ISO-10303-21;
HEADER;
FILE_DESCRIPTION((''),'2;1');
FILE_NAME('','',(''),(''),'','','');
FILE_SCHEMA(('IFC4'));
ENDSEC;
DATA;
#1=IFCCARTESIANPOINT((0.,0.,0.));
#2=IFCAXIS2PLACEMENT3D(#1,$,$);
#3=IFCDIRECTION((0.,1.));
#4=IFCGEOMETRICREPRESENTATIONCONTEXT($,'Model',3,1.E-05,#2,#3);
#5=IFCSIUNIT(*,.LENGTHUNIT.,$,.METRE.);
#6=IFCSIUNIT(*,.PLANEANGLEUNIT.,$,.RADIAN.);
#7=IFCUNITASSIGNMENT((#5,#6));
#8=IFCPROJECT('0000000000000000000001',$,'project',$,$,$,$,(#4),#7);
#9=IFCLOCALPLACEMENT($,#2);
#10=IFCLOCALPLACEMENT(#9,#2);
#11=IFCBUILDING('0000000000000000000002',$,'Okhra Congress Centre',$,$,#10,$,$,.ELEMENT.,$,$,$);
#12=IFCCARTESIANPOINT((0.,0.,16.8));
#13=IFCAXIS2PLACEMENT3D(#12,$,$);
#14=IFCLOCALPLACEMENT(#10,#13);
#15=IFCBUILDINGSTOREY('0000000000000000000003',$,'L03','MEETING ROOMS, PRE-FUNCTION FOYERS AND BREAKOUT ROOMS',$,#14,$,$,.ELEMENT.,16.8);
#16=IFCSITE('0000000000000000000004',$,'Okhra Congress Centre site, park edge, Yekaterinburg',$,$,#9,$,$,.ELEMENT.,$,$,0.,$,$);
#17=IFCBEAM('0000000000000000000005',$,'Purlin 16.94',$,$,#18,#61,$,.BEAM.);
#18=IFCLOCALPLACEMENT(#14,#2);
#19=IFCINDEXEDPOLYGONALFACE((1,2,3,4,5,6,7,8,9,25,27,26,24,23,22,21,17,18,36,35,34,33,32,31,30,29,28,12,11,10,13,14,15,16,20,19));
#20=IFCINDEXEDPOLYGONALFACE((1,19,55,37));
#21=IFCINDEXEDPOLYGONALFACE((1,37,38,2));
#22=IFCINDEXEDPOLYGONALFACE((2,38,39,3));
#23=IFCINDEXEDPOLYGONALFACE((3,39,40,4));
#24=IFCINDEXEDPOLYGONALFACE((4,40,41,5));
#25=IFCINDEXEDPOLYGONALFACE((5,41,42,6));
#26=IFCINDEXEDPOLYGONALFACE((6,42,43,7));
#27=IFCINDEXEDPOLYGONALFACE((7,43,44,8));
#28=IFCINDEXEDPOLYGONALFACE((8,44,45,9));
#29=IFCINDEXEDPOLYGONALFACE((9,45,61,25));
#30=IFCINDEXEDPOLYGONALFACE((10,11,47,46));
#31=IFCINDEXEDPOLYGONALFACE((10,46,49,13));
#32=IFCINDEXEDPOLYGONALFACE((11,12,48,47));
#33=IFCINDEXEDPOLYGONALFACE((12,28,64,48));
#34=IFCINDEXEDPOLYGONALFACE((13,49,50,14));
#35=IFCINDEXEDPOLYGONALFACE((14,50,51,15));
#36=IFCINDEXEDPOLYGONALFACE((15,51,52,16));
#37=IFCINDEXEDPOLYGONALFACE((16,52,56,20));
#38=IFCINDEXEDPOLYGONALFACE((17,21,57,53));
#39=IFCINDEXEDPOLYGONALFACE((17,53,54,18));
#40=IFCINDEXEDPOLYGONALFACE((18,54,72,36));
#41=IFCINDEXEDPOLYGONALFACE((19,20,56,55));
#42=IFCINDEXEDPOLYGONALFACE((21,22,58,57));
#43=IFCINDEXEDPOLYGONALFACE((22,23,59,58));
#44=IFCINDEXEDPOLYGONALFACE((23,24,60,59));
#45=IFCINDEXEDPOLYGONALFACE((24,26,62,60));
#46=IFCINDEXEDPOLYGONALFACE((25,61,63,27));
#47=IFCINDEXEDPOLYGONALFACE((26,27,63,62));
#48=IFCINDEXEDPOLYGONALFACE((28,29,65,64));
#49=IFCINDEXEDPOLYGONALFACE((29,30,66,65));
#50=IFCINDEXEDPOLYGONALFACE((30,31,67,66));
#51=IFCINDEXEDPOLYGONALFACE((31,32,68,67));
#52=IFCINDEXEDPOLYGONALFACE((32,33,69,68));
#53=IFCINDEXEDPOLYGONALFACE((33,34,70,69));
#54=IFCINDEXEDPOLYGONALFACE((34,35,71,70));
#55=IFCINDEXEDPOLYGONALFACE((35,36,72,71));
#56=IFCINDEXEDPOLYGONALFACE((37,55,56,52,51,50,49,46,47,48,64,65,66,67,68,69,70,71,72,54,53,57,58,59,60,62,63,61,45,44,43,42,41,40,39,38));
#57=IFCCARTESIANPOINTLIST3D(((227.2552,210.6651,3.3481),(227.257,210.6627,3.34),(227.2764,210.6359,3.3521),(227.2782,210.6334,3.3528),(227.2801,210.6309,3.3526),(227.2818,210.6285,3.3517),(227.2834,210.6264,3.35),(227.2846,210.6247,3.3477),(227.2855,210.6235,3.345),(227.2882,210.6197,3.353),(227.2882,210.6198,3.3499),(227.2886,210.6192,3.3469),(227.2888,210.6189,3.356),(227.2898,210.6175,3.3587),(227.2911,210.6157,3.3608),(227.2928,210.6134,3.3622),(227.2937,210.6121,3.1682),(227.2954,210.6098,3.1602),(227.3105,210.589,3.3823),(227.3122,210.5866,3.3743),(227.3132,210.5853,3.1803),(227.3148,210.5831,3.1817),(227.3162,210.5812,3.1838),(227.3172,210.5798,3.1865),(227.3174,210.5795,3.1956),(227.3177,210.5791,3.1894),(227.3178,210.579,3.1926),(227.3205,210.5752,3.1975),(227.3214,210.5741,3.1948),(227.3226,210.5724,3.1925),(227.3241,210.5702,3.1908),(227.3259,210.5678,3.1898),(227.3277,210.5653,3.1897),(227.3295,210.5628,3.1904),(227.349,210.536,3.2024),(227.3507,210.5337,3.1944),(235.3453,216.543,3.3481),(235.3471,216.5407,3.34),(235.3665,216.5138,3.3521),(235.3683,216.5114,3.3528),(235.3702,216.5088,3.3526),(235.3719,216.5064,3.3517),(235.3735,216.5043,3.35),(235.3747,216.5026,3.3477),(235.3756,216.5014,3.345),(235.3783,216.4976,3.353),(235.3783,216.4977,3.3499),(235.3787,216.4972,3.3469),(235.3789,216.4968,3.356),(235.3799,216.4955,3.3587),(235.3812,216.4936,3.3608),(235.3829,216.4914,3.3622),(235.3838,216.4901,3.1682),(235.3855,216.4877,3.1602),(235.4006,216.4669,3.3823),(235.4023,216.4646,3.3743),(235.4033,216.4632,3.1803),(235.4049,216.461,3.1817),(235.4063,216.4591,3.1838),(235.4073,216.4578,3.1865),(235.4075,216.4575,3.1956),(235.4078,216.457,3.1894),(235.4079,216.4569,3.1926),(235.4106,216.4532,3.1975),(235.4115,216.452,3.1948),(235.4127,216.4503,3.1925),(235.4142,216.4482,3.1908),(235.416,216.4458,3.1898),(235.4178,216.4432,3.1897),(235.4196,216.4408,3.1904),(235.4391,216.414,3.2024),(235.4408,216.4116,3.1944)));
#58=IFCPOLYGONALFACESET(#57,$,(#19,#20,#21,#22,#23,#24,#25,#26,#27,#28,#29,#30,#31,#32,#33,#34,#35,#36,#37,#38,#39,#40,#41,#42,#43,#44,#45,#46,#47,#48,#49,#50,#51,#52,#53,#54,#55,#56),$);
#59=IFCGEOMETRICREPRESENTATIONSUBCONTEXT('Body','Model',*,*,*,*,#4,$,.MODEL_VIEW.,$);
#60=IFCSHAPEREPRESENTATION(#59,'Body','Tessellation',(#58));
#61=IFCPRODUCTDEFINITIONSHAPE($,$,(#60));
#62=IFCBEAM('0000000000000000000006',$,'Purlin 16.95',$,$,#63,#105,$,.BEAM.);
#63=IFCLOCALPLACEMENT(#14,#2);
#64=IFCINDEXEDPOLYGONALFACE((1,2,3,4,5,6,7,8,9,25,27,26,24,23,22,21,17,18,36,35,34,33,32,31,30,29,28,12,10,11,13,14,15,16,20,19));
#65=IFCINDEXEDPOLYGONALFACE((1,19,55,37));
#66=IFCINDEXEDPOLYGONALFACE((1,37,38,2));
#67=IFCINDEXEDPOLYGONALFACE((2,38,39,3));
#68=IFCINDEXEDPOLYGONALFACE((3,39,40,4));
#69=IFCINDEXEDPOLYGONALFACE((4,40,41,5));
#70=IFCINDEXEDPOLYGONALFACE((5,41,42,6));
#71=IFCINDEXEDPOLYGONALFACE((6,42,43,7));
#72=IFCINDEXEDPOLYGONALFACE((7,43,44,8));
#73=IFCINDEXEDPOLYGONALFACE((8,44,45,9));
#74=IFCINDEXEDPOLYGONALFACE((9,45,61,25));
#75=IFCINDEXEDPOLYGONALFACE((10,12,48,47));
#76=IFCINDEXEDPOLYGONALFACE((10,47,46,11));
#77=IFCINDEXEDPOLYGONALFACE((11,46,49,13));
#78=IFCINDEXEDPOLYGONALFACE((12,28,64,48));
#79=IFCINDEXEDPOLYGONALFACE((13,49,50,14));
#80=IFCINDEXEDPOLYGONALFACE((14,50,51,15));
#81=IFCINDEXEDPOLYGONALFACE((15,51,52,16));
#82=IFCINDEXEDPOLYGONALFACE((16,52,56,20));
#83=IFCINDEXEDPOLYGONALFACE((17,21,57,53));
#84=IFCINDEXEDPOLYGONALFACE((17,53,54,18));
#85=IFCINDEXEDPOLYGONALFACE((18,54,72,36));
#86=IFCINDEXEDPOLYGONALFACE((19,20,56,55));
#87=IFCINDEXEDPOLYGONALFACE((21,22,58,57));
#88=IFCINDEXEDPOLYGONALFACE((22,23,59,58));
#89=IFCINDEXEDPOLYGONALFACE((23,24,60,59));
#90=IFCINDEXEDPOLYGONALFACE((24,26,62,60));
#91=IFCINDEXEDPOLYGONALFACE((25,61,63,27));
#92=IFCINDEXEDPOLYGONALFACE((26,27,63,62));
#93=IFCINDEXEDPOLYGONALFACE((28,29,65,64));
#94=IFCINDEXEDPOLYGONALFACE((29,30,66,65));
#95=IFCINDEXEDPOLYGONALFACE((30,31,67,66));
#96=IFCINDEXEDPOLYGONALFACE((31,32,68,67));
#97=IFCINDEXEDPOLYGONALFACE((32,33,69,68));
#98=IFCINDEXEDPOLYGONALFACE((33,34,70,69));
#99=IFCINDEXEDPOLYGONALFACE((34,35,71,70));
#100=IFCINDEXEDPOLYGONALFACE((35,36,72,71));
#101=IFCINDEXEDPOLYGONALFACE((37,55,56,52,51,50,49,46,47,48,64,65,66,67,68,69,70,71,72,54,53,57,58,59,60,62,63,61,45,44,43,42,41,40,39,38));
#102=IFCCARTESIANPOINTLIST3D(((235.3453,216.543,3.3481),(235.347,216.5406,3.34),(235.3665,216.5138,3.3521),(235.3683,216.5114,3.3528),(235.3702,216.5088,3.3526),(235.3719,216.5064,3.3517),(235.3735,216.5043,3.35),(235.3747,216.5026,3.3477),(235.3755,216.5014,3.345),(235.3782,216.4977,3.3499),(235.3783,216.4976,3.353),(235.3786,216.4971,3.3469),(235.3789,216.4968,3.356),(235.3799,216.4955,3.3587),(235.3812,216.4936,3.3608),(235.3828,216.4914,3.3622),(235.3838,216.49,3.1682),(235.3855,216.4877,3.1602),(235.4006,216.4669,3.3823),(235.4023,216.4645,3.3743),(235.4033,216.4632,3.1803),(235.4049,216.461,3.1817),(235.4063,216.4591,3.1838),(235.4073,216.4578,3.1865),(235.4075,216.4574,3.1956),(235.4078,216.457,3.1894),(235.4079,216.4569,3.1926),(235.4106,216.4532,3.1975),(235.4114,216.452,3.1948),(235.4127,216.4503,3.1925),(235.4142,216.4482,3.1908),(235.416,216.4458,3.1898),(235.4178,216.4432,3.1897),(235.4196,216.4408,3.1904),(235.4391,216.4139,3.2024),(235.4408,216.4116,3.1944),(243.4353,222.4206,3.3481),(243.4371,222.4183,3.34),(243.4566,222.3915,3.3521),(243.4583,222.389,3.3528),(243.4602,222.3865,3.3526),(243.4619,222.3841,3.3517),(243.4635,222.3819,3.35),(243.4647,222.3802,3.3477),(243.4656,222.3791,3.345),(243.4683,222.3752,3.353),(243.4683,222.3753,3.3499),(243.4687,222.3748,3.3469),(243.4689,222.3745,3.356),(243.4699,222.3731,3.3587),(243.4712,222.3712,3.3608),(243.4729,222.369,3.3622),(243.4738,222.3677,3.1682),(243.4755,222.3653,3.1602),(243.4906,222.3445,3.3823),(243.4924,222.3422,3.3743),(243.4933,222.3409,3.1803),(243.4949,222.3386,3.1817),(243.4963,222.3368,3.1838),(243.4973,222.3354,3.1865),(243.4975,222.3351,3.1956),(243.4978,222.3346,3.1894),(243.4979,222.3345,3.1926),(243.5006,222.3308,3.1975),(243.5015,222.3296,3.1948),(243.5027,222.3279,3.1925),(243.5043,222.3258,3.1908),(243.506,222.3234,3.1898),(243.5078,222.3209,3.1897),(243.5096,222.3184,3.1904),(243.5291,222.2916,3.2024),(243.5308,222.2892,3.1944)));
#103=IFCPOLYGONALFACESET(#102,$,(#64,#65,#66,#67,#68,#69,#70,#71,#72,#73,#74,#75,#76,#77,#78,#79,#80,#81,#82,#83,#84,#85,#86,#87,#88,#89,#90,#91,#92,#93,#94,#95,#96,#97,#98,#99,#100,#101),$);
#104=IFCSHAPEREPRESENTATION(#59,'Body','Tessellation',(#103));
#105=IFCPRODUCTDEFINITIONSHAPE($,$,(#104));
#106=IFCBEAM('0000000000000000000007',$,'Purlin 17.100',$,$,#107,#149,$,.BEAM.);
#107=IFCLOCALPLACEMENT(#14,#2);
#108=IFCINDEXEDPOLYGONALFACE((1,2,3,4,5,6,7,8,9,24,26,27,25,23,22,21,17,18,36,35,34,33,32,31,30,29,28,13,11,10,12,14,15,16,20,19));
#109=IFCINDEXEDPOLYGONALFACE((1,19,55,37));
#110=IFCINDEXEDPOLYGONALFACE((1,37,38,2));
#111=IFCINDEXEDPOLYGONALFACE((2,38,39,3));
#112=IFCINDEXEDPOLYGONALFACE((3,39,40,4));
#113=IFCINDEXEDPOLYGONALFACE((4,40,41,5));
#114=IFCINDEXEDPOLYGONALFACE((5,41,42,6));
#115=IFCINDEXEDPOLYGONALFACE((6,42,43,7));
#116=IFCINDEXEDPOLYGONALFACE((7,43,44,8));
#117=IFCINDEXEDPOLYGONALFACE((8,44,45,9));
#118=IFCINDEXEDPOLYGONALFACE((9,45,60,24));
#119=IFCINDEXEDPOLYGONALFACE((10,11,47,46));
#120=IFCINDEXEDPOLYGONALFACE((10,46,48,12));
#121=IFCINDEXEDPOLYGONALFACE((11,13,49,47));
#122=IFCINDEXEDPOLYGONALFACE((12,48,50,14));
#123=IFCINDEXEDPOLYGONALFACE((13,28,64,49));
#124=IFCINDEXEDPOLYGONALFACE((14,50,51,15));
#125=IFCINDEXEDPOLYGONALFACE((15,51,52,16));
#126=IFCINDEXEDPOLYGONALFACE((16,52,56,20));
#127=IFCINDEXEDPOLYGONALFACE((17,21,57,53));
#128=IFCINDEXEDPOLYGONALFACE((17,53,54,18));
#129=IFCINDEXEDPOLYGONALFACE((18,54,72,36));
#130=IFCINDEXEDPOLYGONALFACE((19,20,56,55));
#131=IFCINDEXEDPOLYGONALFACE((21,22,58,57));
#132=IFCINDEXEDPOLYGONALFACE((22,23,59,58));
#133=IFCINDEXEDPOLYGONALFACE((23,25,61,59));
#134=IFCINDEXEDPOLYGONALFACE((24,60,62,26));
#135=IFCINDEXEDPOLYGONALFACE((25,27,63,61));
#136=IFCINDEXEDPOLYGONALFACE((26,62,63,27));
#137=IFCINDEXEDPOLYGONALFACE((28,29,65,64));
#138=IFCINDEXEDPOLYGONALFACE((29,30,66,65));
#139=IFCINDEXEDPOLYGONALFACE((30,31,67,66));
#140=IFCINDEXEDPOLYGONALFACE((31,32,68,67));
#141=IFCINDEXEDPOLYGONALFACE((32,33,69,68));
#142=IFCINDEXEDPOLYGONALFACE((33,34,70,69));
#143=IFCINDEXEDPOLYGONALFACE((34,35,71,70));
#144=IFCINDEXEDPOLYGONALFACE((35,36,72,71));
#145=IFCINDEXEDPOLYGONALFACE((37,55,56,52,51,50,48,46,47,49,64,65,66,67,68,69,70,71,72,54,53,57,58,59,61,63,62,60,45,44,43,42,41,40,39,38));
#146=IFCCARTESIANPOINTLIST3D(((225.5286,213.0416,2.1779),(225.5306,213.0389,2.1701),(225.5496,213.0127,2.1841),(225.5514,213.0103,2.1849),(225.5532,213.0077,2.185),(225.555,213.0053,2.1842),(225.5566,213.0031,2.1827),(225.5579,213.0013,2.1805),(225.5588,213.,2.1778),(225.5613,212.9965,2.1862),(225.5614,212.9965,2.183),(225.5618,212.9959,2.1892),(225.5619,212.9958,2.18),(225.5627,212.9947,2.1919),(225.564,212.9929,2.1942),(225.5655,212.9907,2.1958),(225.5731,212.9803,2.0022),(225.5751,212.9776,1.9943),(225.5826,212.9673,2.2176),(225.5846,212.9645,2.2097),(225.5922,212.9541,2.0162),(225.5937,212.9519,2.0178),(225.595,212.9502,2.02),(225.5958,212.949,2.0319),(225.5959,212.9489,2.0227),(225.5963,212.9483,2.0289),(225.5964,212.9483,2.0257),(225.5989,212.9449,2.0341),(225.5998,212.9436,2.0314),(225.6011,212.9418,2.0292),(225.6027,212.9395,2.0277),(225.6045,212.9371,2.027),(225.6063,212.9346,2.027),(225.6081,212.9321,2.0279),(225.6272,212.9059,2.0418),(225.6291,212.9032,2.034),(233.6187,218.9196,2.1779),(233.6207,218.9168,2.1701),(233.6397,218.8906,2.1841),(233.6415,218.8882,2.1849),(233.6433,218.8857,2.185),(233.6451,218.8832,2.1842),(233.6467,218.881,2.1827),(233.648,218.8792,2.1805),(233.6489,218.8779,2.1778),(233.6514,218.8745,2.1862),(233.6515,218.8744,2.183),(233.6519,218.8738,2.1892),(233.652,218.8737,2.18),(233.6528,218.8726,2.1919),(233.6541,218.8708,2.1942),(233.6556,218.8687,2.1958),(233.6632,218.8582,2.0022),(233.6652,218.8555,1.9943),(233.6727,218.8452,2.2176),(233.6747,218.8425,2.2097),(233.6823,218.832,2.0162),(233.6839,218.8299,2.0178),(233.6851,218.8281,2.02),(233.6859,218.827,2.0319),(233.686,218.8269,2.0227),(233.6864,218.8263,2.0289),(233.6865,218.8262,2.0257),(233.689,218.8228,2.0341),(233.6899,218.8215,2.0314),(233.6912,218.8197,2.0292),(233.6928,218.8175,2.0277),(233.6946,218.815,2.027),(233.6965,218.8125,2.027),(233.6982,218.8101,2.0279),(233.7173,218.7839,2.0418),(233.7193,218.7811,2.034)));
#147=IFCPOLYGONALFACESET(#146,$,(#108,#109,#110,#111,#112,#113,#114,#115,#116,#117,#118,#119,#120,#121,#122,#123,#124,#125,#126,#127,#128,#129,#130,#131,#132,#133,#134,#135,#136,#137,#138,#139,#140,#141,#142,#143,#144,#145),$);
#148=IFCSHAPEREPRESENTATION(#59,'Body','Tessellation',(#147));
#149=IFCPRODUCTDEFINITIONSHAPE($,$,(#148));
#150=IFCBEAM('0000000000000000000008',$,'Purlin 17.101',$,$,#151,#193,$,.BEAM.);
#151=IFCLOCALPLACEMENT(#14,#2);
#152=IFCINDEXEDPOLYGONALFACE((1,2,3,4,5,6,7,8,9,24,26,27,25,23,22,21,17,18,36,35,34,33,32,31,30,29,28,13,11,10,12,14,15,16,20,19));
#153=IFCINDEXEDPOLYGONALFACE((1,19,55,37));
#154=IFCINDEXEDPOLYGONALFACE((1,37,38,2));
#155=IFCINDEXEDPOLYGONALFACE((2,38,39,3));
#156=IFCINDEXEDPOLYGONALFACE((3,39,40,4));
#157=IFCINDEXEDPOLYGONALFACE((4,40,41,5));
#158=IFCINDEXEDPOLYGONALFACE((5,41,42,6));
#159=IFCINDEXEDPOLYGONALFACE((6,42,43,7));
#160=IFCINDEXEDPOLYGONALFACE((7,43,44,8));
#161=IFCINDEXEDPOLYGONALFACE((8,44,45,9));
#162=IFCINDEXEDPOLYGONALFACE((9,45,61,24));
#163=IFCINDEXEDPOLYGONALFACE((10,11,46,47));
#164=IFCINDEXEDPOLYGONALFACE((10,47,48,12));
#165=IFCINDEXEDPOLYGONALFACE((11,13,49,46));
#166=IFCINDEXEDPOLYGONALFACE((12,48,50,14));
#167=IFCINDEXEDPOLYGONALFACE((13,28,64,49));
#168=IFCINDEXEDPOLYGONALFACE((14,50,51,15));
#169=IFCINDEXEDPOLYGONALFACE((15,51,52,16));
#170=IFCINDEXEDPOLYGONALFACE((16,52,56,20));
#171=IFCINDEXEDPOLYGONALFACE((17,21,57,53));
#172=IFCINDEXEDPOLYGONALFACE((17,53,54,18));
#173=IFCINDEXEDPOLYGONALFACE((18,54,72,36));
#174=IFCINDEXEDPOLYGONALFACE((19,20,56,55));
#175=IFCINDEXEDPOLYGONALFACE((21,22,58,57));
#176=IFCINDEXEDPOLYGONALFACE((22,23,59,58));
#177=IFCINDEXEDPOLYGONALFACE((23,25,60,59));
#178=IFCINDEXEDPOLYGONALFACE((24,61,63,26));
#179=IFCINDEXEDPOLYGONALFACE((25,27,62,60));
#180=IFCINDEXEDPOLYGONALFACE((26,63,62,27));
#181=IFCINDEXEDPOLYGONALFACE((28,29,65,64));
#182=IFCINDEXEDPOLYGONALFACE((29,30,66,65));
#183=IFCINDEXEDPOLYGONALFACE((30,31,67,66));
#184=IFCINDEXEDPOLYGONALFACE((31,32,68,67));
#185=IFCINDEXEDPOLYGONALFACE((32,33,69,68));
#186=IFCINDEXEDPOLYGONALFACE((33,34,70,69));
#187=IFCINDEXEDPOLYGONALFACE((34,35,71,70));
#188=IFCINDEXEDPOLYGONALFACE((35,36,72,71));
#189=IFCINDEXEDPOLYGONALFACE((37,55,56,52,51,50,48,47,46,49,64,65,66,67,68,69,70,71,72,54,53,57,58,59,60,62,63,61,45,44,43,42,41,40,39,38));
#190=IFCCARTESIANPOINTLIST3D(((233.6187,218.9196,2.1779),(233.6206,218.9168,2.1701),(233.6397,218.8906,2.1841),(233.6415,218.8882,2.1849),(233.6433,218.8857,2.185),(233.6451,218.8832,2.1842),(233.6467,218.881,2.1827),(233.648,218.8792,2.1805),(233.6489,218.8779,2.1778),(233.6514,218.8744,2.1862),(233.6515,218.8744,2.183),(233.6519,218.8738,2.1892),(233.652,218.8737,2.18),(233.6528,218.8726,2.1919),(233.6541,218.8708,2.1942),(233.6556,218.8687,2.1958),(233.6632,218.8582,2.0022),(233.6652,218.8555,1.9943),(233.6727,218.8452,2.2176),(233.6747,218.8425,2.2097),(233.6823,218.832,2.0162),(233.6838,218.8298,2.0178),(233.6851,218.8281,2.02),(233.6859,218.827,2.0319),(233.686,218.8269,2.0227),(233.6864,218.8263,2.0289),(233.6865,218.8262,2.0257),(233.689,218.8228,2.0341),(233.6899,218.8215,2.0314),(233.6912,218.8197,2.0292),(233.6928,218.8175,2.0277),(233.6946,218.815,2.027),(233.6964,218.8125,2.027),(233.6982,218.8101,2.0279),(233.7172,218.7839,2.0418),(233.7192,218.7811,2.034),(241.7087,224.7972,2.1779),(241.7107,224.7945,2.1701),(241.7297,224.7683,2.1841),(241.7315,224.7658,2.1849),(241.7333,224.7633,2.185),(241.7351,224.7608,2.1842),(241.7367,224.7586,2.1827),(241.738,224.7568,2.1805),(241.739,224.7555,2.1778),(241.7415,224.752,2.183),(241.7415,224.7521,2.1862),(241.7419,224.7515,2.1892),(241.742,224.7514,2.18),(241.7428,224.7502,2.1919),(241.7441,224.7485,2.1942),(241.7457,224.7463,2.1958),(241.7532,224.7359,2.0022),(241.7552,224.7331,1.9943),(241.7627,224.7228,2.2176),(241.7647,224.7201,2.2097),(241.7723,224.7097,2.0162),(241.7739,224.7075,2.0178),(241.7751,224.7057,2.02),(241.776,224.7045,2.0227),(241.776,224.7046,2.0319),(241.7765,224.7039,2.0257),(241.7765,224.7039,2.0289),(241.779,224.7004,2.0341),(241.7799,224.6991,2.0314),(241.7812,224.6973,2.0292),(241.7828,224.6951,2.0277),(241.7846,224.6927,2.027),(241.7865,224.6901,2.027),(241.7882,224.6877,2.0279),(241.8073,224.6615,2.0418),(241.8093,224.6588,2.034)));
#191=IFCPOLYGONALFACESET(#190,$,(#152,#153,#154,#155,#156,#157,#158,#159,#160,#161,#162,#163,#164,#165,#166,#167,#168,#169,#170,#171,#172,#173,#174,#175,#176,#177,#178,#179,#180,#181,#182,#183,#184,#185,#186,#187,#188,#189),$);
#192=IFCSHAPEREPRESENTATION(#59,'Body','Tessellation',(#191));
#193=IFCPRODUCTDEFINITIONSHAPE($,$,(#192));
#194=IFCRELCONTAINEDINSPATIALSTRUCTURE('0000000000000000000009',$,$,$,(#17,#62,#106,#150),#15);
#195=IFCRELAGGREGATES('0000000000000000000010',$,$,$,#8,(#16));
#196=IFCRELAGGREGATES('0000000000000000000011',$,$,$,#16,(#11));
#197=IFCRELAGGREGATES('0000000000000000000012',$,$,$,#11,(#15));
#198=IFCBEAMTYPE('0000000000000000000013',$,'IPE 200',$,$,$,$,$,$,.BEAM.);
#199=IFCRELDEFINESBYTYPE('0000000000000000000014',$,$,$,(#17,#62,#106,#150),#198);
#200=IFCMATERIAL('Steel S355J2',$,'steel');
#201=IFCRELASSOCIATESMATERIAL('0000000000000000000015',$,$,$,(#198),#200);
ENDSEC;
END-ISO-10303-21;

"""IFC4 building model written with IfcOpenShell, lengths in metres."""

from ifc_helpers import new_model, si_unit, direction, frame, origin, origin_2d, place, context, subcontext, project, spatial, i_section, extrude, material, material_profile, profile_set, type_object, element, save


model = new_model("IFC4")

# Units and contexts
model_context = context("Model", 3, precision=1e-05, world=origin(), true_north=direction((0.0, 1.0)))
body_context = subcontext(model_context, "Body", "Model", "MODEL_VIEW")
ifc_project = project(units=[si_unit("LENGTHUNIT", "METRE"), si_unit("PLANEANGLEUNIT", "RADIAN")], contexts=[model_context])

# Site, building, storey
site_placement = place(None, origin())
site = spatial("IfcSite", under=ifc_project, at=site_placement, Name="Okhra Congress Centre site, park edge, Yekaterinburg", CompositionType="ELEMENT", RefElevation=0.0)
building_placement = place(site_placement, origin())
building = spatial("IfcBuilding", under=site, at=building_placement, Name="Okhra Congress Centre", CompositionType="ELEMENT")
storey_placement = place(building_placement, frame((0.0, 0.0, 16.8)))
storey = spatial("IfcBuildingStorey", under=building, at=storey_placement, Name="L03", Description="MEETING ROOMS, PRE-FUNCTION FOYERS AND BREAKOUT ROOMS", CompositionType="ELEMENT", Elevation=16.8)

# Beams
ifc_material_1 = material(Name="Steel S355J2", Category="steel")
ifc_material_profile_1 = material_profile(ifc_material_1, i_section(OverallWidth=0.1001, OverallDepth=0.2, WebThickness=0.0056, FlangeThickness=0.0085, FilletRadius=0.012, at=origin_2d()), Name="IPE 200")
ifc_profile_set_1 = profile_set([ifc_material_profile_1], Name="Steel S355J2")
beam_type = type_object("IfcBeamType", Name="IPE 200", PredefinedType="BEAM", material=ifc_profile_set_1)
beam_1_placement = place(storey_placement, frame((227.303, 210.5994, 3.2712), z_axis=(0.80901, 0.587794, 0.0), x_axis=(-0.552346, 0.760221, -0.34202)))
element("IfcBeam", 1, at=beam_1_placement, inside=storey, type_object=beam_type, Name="Purlin 16.94", PredefinedType="BEAM", context=body_context, shape_type="SweptSolid", body=[
    extrude(i_section(OverallWidth=0.1001, OverallDepth=0.2, WebThickness=0.0056, FlangeThickness=0.0085, FilletRadius=0.012, at=origin_2d()), origin(), (0.0, 0.0, 1.0), 10.0),
])
beam_2_placement = place(storey_placement, frame((235.3931, 216.4773, 3.2712), z_axis=(0.809022, 0.587778, 0.0), x_axis=(-0.552331, 0.760232, -0.34202)))
element("IfcBeam", 2, at=beam_2_placement, inside=storey, type_object=beam_type, Name="Purlin 16.95", PredefinedType="BEAM", context=body_context, shape_type="SweptSolid", body=[
    extrude(i_section(OverallWidth=0.1001, OverallDepth=0.2, WebThickness=0.0056, FlangeThickness=0.0085, FilletRadius=0.012, at=origin_2d()), origin(), (0.0, 0.0, 1.0), 9.9998),
])
beam_3_placement = place(storey_placement, frame((225.5789, 212.9724, 2.106), z_axis=(0.80901, 0.587794, 0.0), x_axis=(-0.539722, 0.742846, -0.39608)))
element("IfcBeam", 3, at=beam_3_placement, inside=storey, type_object=beam_type, Name="Purlin 17.100", PredefinedType="BEAM", context=body_context, shape_type="SweptSolid", body=[
    extrude(i_section(OverallWidth=0.1001, OverallDepth=0.2, WebThickness=0.0056, FlangeThickness=0.0085, FilletRadius=0.012, at=origin_2d()), origin(), (0.0, 0.0, 1.0), 10.0),
])
for number, where, z_axis, x_axis, name in (
    (4, (233.6689, 218.8503, 2.106), (0.809022, 0.587778, 0.0), (-0.539707, 0.742857, -0.39608), "Purlin 17.101"),
):
    element("IfcBeam", number, at=place(storey_placement, frame(where, z_axis=z_axis, x_axis=x_axis)), inside=storey, type_object=beam_type, Name=name, PredefinedType="BEAM", context=body_context, shape_type="SweptSolid", body=[
        extrude(i_section(OverallWidth=0.1001, OverallDepth=0.2, WebThickness=0.0056, FlangeThickness=0.0085, FilletRadius=0.012, at=origin_2d()), origin(), (0.0, 0.0, 1.0), 9.9998),
    ])

save(model, "model.ifc")
